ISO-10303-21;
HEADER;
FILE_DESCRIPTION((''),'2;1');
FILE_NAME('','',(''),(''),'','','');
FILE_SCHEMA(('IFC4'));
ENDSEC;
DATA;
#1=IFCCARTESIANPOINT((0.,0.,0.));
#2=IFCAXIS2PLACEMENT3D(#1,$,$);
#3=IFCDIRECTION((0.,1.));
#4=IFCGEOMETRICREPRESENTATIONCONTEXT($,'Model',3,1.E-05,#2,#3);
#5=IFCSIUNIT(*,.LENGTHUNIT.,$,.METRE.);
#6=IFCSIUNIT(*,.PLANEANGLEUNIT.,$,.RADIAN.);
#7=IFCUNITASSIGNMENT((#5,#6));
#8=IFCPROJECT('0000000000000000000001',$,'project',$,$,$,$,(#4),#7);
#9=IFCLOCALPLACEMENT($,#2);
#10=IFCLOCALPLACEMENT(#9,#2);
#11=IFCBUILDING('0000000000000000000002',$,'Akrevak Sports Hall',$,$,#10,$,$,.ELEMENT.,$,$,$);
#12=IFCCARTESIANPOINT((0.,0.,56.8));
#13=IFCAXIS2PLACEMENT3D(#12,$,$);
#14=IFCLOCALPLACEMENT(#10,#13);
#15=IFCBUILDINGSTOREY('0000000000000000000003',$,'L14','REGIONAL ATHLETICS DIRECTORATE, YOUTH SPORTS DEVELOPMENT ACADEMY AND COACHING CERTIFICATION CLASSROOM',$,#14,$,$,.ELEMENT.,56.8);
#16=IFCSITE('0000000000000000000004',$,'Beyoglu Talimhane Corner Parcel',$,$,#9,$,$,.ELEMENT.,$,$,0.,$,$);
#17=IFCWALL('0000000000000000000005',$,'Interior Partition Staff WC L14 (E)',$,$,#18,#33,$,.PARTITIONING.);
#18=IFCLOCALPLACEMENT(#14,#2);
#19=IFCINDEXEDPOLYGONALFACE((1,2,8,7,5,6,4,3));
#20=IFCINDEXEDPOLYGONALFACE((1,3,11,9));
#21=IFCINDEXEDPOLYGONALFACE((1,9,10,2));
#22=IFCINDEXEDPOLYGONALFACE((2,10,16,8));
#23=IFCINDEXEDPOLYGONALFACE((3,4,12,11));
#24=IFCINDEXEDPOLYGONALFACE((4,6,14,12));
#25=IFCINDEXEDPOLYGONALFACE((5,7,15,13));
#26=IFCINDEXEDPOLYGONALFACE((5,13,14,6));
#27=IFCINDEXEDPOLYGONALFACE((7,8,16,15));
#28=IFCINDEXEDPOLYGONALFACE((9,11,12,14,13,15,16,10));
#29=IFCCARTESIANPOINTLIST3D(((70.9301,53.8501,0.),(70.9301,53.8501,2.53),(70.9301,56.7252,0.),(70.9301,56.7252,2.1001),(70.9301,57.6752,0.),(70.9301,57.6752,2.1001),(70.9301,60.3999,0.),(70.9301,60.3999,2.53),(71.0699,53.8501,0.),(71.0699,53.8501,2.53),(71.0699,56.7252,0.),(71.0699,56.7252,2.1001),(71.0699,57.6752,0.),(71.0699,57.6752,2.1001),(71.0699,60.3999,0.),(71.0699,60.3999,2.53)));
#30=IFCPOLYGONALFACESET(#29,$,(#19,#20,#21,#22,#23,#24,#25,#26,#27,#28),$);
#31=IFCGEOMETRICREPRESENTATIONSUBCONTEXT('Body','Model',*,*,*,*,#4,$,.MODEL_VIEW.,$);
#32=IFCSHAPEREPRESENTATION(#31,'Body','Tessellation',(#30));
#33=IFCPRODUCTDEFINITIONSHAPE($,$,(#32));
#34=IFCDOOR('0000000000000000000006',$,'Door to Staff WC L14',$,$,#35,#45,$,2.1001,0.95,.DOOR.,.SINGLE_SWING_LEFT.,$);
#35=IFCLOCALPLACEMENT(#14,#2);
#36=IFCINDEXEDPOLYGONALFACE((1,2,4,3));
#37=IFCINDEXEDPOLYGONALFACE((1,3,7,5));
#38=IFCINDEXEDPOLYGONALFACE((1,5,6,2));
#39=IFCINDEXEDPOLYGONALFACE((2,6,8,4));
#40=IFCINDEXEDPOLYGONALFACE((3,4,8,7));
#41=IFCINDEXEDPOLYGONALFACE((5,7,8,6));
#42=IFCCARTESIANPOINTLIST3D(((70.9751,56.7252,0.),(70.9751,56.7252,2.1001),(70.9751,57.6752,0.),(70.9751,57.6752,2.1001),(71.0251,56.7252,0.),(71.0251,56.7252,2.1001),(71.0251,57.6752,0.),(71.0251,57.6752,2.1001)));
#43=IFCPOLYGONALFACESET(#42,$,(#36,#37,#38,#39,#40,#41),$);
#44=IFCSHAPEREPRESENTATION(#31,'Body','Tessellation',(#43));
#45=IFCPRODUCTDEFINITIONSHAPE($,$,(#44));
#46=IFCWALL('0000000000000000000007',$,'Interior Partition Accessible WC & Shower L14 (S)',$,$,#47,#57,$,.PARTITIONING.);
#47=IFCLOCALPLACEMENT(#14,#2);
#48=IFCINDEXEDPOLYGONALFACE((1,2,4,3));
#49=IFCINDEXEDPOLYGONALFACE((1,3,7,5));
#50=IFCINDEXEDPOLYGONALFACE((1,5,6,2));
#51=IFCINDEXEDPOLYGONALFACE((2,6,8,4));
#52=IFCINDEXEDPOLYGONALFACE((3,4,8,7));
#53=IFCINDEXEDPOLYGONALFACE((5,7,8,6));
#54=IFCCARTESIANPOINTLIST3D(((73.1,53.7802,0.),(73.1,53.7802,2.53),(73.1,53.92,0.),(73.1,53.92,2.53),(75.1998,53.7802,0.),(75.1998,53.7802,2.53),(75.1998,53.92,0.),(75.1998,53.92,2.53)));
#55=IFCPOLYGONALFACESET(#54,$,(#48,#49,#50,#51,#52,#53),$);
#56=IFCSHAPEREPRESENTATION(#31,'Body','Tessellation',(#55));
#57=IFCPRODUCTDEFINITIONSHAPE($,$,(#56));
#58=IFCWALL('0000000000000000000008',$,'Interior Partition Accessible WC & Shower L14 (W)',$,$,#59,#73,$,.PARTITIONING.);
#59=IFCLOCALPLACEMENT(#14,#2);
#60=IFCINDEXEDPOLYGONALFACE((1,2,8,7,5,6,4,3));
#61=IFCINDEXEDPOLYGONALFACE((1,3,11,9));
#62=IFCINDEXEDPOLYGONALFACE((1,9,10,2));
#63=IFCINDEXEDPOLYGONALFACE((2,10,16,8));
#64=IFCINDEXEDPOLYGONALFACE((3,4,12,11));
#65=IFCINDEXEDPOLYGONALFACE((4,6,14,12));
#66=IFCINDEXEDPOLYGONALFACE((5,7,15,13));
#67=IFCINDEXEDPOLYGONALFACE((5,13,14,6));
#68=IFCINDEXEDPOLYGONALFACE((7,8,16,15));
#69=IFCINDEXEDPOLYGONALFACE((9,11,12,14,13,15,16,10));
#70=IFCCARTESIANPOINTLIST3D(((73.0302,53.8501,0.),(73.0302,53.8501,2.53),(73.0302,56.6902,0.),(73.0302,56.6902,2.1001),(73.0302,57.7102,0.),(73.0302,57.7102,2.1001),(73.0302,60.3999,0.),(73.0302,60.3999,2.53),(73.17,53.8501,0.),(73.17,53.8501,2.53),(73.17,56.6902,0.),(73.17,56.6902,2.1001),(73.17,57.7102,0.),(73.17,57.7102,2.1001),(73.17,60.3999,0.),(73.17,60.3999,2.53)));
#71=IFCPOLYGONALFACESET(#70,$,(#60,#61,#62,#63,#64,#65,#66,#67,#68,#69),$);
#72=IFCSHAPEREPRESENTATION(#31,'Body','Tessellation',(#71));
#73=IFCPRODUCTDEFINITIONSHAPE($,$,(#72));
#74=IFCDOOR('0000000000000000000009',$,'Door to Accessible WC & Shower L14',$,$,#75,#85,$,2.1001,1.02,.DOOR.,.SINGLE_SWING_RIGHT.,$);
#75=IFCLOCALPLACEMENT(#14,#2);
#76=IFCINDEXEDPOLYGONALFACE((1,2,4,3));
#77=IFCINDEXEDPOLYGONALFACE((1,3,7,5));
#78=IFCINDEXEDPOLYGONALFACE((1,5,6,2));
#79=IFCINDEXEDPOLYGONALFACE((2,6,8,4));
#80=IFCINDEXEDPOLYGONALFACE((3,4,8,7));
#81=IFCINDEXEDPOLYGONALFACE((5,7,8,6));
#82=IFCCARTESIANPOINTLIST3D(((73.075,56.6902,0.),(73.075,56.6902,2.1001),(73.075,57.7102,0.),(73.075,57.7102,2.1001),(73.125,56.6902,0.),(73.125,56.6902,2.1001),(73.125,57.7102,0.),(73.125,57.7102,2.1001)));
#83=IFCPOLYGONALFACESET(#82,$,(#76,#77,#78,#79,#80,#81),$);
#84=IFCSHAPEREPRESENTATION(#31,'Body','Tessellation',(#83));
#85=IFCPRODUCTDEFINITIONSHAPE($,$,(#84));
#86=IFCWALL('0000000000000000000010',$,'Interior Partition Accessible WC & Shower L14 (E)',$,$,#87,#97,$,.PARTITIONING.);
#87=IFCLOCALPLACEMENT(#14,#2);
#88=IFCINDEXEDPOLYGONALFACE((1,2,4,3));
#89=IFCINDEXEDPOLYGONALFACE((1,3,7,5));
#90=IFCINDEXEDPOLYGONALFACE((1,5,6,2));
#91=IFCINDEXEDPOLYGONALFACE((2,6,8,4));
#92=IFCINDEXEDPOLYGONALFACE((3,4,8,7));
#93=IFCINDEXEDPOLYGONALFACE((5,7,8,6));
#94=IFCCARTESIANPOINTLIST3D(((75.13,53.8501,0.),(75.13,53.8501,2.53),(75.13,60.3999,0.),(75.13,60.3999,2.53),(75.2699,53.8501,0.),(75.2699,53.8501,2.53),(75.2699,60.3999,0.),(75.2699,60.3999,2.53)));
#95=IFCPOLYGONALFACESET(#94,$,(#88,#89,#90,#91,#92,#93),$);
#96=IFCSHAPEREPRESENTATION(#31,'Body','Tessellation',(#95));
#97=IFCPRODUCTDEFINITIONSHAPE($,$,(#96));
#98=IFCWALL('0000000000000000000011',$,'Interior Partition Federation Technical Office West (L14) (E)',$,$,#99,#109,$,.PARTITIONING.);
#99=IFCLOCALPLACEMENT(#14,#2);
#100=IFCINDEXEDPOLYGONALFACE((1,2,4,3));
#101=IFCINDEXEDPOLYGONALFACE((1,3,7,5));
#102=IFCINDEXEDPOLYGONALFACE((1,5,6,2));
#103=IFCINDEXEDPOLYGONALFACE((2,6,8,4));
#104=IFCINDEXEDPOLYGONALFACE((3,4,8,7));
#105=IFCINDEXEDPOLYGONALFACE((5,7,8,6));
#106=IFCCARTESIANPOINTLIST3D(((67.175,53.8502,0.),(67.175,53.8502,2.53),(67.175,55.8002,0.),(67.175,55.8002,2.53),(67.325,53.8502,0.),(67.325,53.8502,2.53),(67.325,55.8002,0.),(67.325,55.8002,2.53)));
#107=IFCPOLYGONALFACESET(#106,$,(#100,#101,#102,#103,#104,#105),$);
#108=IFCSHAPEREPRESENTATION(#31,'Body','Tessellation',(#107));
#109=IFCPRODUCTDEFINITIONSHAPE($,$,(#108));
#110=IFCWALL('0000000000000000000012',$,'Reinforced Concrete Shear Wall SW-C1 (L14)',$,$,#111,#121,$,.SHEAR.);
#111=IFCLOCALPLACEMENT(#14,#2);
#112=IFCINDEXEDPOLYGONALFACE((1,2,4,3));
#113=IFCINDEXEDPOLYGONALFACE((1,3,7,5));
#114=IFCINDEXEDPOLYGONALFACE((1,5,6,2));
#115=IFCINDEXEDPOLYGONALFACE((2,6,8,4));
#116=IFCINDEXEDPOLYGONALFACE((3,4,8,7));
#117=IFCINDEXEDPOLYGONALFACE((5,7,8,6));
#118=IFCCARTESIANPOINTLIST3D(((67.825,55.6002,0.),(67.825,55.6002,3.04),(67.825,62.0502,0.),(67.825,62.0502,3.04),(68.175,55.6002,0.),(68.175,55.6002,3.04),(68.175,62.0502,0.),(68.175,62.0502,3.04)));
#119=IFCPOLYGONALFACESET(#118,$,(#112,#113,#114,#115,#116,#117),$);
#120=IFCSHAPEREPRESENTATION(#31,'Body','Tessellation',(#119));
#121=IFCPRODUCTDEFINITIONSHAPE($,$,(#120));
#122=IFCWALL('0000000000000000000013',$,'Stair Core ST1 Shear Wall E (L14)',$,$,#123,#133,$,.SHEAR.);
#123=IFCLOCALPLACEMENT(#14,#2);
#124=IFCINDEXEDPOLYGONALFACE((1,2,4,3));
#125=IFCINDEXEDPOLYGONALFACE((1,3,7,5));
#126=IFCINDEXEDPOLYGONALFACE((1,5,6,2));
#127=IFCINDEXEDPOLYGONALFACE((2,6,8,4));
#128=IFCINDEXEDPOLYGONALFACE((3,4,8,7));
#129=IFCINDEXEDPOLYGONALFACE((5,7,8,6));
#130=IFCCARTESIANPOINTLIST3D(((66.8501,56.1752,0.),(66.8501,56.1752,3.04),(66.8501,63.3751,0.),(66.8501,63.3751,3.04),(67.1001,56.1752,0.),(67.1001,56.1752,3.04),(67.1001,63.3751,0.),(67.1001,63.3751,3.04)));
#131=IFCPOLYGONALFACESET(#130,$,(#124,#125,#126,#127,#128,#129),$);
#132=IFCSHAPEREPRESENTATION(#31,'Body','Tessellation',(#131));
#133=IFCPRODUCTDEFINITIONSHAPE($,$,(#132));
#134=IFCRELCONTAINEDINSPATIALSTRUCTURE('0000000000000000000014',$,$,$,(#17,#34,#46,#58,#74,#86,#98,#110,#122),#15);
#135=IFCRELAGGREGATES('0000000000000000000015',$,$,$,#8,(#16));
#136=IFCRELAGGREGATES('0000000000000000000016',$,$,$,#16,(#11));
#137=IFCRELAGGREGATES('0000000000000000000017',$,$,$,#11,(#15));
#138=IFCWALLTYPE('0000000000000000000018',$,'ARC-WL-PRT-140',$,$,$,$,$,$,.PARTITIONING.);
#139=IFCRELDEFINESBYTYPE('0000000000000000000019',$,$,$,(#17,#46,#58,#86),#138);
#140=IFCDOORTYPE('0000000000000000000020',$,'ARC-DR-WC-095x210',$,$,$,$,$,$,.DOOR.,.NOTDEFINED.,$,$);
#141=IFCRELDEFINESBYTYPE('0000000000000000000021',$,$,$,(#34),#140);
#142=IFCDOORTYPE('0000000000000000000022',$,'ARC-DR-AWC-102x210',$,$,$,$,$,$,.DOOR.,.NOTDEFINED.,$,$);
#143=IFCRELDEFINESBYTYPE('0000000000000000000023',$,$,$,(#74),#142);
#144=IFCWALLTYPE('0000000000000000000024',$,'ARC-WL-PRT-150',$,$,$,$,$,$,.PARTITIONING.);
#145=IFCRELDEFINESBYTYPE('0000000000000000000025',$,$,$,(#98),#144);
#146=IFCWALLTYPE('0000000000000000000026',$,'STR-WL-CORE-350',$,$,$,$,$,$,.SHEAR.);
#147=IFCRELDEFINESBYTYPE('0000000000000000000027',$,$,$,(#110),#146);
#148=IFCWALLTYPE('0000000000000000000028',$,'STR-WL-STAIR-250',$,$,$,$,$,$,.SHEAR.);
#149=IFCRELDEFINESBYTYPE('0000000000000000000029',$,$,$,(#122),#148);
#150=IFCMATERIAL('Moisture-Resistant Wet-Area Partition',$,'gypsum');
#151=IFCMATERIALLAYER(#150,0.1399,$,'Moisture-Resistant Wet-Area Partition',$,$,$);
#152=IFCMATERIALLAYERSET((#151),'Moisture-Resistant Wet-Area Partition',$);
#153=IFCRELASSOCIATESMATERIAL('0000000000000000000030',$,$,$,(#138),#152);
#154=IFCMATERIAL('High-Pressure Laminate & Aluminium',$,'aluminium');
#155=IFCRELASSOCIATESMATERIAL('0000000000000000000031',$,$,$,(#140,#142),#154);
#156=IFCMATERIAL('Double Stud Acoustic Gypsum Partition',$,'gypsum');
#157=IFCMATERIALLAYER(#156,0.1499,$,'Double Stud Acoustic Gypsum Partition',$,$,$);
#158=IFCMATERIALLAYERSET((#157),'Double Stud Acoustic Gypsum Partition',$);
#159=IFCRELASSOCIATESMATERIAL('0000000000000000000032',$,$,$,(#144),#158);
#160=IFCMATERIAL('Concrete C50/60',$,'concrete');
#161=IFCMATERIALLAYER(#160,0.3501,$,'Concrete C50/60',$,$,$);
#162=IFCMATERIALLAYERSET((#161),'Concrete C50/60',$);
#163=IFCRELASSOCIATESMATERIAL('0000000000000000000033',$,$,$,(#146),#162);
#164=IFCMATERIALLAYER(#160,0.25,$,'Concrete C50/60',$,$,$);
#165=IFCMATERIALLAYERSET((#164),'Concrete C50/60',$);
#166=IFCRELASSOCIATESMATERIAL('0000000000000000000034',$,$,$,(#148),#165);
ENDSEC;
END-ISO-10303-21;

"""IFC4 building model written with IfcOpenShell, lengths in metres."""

from ifc_helpers import new_model, si_unit, direction, frame, frame_2d, origin, place, context, subcontext, project, spatial, rectangle, extrude, material, layer, layer_set, type_object, element, fill, save


model = new_model("IFC4")

# Units and contexts
model_context = context("Model", 3, precision=1e-05, world=origin(), true_north=direction((0.0, 1.0)))
body_context = subcontext(model_context, "Body", "Model", "MODEL_VIEW")
ifc_project = project(units=[si_unit("LENGTHUNIT", "METRE"), si_unit("PLANEANGLEUNIT", "RADIAN")], contexts=[model_context])

# Site, building, storey
site_placement = place(None, origin())
site = spatial("IfcSite", under=ifc_project, at=site_placement, Name="Beyoglu Talimhane Corner Parcel", CompositionType="ELEMENT", RefElevation=0.0)
building_placement = place(site_placement, origin())
building = spatial("IfcBuilding", under=site, at=building_placement, Name="Akrevak Sports Hall", CompositionType="ELEMENT")
storey_placement = place(building_placement, frame((0.0, 0.0, 56.8)))
storey = spatial("IfcBuildingStorey", under=building, at=storey_placement, Name="L14", Description="REGIONAL ATHLETICS DIRECTORATE, YOUTH SPORTS DEVELOPMENT ACADEMY AND COACHING CERTIFICATION CLASSROOM", CompositionType="ELEMENT", Elevation=56.8)

# Shared definitions
ifc_material_1 = material(Name="Moisture-Resistant Wet-Area Partition", Category="gypsum")
ifc_layer_1 = layer(ifc_material_1, 0.1399, Name="Moisture-Resistant Wet-Area Partition")
ifc_layer_set_1 = layer_set([ifc_layer_1], Name="Moisture-Resistant Wet-Area Partition")
wall_type_1 = type_object("IfcWallType", Name="ARC-WL-PRT-140", PredefinedType="PARTITIONING", material=ifc_layer_set_1)

# Wall, opening, door
wall_1_placement = place(storey_placement, frame((71.0, 53.8501, 0.0), z_axis=(0.0, 0.0, 1.0), x_axis=(0.0, 1.0, 0.0)))
wall_1 = element("IfcWall", 1, at=wall_1_placement, inside=storey, type_object=wall_type_1, Name="Interior Partition Staff WC L14 (E)", PredefinedType="PARTITIONING", context=body_context, shape_type="SweptSolid", body=[
    extrude(rectangle(XDim=6.5498, YDim=0.1399, at=frame_2d((3.2749, 0.0))), origin(), (0.0, 0.0, 1.0), 2.53),
])
opening_1_placement = place(wall_1_placement, frame((2.875, 0.0, 0.0)))
opening_1 = element("IfcOpeningElement", 2, at=opening_1_placement, cuts=wall_1, PredefinedType="OPENING", context=body_context, shape_type="SweptSolid", body=[
    extrude(rectangle(XDim=0.95, YDim=2.1001, at=frame_2d((0.4751, 1.05))), frame((0.0, 0.082, 0.0), z_axis=(0.0, -1.0, 0.0), x_axis=(1.0, 0.0, 0.0)), (0.0, 0.0, 1.0), 0.1638),
])
ifc_material_2 = material(Name="High-Pressure Laminate & Aluminium", Category="aluminium")
door_type_1 = type_object("IfcDoorType", Name="ARC-DR-WC-095x210", OperationType="NOTDEFINED", PredefinedType="DOOR", material=ifc_material_2)
door_1_placement = place(opening_1_placement, origin())
door_1 = element("IfcDoor", 3, at=door_1_placement, inside=storey, type_object=door_type_1, Name="Door to Staff WC L14", OperationType="SINGLE_SWING_LEFT", OverallHeight=2.1001, OverallWidth=0.95, PredefinedType="DOOR", context=body_context, shape_type="SweptSolid", body=[
    extrude(rectangle(XDim=0.95, YDim=2.1001, at=frame_2d((0.4751, 1.05))), frame((0.0, 0.0249, 0.0), z_axis=(0.0, -1.0, 0.0), x_axis=(1.0, 0.0, 0.0)), (0.0, 0.0, 1.0), 0.05),
])
fill(opening_1, door_1)

# Wall
wall_2_placement = place(storey_placement, frame((73.1001, 53.8501, 0.0), z_axis=(0.0, 0.0, 1.0), x_axis=(1.0, 0.0, 0.0)))
element("IfcWall", 4, at=wall_2_placement, inside=storey, type_object=wall_type_1, Name="Interior Partition Accessible WC & Shower L14 (S)", PredefinedType="PARTITIONING", context=body_context, shape_type="SweptSolid", body=[
    extrude(rectangle(XDim=2.0999, YDim=0.1399, at=frame_2d((1.0498, 0.0))), origin(), (0.0, 0.0, 1.0), 2.53),
])

# Wall, opening, door
wall_3_placement = place(storey_placement, frame((73.1001, 53.8501, 0.0), z_axis=(0.0, 0.0, 1.0), x_axis=(0.0, 1.0, 0.0)))
wall_3 = element("IfcWall", 5, at=wall_3_placement, inside=storey, type_object=wall_type_1, Name="Interior Partition Accessible WC & Shower L14 (W)", PredefinedType="PARTITIONING", context=body_context, shape_type="SweptSolid", body=[
    extrude(rectangle(XDim=6.5498, YDim=0.1399, at=frame_2d((3.2749, 0.0))), origin(), (0.0, 0.0, 1.0), 2.53),
])
opening_2_placement = place(wall_3_placement, frame((2.8401, 0.0, 0.0)))
opening_2 = element("IfcOpeningElement", 6, at=opening_2_placement, cuts=wall_3, PredefinedType="OPENING", context=body_context, shape_type="SweptSolid", body=[
    extrude(rectangle(XDim=1.02, YDim=2.1001, at=frame_2d((0.51, 1.05))), frame((0.0, 0.082, 0.0), z_axis=(0.0, -1.0, 0.0), x_axis=(1.0, 0.0, 0.0)), (0.0, 0.0, 1.0), 0.1638),
])
door_type_2 = type_object("IfcDoorType", Name="ARC-DR-AWC-102x210", OperationType="NOTDEFINED", PredefinedType="DOOR", material=ifc_material_2)
door_2_placement = place(opening_2_placement, frame((1.02, 0.0, 0.0), z_axis=(0.0, 0.0, 1.0), x_axis=(-1.0, 0.0, 0.0)))
door_2 = element("IfcDoor", 7, at=door_2_placement, inside=storey, type_object=door_type_2, Name="Door to Accessible WC & Shower L14", OperationType="SINGLE_SWING_RIGHT", OverallHeight=2.1001, OverallWidth=1.02, PredefinedType="DOOR", context=body_context, shape_type="SweptSolid", body=[
    extrude(rectangle(XDim=1.02, YDim=2.1001, at=frame_2d((0.51, 1.05))), frame((0.0, 0.0249, 0.0), z_axis=(0.0, -1.0, 0.0), x_axis=(1.0, 0.0, 0.0)), (0.0, 0.0, 1.0), 0.05),
])
fill(opening_2, door_2)

# Walls
wall_4_placement = place(storey_placement, frame((75.2, 53.8501, 0.0), z_axis=(0.0, 0.0, 1.0), x_axis=(0.0, 1.0, 0.0)))
element("IfcWall", 8, at=wall_4_placement, inside=storey, type_object=wall_type_1, Name="Interior Partition Accessible WC & Shower L14 (E)", PredefinedType="PARTITIONING", context=body_context, shape_type="SweptSolid", body=[
    extrude(rectangle(XDim=6.5498, YDim=0.1399, at=frame_2d((3.2749, 0.0))), origin(), (0.0, 0.0, 1.0), 2.53),
])
ifc_material_3 = material(Name="Double Stud Acoustic Gypsum Partition", Category="gypsum")
ifc_layer_2 = layer(ifc_material_3, 0.1499, Name="Double Stud Acoustic Gypsum Partition")
ifc_layer_set_2 = layer_set([ifc_layer_2], Name="Double Stud Acoustic Gypsum Partition")
wall_type_2 = type_object("IfcWallType", Name="ARC-WL-PRT-150", PredefinedType="PARTITIONING", material=ifc_layer_set_2)
wall_5_placement = place(storey_placement, frame((67.25, 53.8501, 0.0), z_axis=(0.0, 0.0, 1.0), x_axis=(0.0, 1.0, 0.0)))
element("IfcWall", 9, at=wall_5_placement, inside=storey, type_object=wall_type_2, Name="Interior Partition Federation Technical Office West (L14) (E)", PredefinedType="PARTITIONING", context=body_context, shape_type="SweptSolid", body=[
    extrude(rectangle(XDim=1.95, YDim=0.1499, at=frame_2d((0.9751, 0.0))), origin(), (0.0, 0.0, 1.0), 2.53),
])
ifc_material_4 = material(Name="Concrete C50/60", Category="concrete")
ifc_layer_3 = layer(ifc_material_4, 0.3501, Name="Concrete C50/60")
ifc_layer_set_3 = layer_set([ifc_layer_3], Name="Concrete C50/60")
wall_type_3 = type_object("IfcWallType", Name="STR-WL-CORE-350", PredefinedType="SHEAR", material=ifc_layer_set_3)
wall_6_placement = place(storey_placement, frame((68.0, 55.6001, 0.0), z_axis=(0.0, 0.0, 1.0), x_axis=(0.0, 1.0, 0.0)))
element("IfcWall", 10, at=wall_6_placement, inside=storey, type_object=wall_type_3, Name="Reinforced Concrete Shear Wall SW-C1 (L14)", PredefinedType="SHEAR", context=body_context, shape_type="SweptSolid", body=[
    extrude(rectangle(XDim=6.45, YDim=0.3501, at=frame_2d((3.2251, 0.0))), origin(), (0.0, 0.0, 1.0), 3.04),
])
ifc_layer_4 = layer(ifc_material_4, 0.25, Name="Concrete C50/60")
ifc_layer_set_4 = layer_set([ifc_layer_4], Name="Concrete C50/60")
wall_type_4 = type_object("IfcWallType", Name="STR-WL-STAIR-250", PredefinedType="SHEAR", material=ifc_layer_set_4)
wall_7_placement = place(storey_placement, frame((66.9751, 56.175, 0.0), z_axis=(0.0, 0.0, 1.0), x_axis=(0.0, 1.0, 0.0)))
element("IfcWall", 11, at=wall_7_placement, inside=storey, type_object=wall_type_4, Name="Stair Core ST1 Shear Wall E (L14)", PredefinedType="SHEAR", context=body_context, shape_type="SweptSolid", body=[
    extrude(rectangle(XDim=7.2, YDim=0.25, at=frame_2d((3.6001, 0.0))), origin(), (0.0, 0.0, 1.0), 3.04),
])

save(model, "model.ifc")
